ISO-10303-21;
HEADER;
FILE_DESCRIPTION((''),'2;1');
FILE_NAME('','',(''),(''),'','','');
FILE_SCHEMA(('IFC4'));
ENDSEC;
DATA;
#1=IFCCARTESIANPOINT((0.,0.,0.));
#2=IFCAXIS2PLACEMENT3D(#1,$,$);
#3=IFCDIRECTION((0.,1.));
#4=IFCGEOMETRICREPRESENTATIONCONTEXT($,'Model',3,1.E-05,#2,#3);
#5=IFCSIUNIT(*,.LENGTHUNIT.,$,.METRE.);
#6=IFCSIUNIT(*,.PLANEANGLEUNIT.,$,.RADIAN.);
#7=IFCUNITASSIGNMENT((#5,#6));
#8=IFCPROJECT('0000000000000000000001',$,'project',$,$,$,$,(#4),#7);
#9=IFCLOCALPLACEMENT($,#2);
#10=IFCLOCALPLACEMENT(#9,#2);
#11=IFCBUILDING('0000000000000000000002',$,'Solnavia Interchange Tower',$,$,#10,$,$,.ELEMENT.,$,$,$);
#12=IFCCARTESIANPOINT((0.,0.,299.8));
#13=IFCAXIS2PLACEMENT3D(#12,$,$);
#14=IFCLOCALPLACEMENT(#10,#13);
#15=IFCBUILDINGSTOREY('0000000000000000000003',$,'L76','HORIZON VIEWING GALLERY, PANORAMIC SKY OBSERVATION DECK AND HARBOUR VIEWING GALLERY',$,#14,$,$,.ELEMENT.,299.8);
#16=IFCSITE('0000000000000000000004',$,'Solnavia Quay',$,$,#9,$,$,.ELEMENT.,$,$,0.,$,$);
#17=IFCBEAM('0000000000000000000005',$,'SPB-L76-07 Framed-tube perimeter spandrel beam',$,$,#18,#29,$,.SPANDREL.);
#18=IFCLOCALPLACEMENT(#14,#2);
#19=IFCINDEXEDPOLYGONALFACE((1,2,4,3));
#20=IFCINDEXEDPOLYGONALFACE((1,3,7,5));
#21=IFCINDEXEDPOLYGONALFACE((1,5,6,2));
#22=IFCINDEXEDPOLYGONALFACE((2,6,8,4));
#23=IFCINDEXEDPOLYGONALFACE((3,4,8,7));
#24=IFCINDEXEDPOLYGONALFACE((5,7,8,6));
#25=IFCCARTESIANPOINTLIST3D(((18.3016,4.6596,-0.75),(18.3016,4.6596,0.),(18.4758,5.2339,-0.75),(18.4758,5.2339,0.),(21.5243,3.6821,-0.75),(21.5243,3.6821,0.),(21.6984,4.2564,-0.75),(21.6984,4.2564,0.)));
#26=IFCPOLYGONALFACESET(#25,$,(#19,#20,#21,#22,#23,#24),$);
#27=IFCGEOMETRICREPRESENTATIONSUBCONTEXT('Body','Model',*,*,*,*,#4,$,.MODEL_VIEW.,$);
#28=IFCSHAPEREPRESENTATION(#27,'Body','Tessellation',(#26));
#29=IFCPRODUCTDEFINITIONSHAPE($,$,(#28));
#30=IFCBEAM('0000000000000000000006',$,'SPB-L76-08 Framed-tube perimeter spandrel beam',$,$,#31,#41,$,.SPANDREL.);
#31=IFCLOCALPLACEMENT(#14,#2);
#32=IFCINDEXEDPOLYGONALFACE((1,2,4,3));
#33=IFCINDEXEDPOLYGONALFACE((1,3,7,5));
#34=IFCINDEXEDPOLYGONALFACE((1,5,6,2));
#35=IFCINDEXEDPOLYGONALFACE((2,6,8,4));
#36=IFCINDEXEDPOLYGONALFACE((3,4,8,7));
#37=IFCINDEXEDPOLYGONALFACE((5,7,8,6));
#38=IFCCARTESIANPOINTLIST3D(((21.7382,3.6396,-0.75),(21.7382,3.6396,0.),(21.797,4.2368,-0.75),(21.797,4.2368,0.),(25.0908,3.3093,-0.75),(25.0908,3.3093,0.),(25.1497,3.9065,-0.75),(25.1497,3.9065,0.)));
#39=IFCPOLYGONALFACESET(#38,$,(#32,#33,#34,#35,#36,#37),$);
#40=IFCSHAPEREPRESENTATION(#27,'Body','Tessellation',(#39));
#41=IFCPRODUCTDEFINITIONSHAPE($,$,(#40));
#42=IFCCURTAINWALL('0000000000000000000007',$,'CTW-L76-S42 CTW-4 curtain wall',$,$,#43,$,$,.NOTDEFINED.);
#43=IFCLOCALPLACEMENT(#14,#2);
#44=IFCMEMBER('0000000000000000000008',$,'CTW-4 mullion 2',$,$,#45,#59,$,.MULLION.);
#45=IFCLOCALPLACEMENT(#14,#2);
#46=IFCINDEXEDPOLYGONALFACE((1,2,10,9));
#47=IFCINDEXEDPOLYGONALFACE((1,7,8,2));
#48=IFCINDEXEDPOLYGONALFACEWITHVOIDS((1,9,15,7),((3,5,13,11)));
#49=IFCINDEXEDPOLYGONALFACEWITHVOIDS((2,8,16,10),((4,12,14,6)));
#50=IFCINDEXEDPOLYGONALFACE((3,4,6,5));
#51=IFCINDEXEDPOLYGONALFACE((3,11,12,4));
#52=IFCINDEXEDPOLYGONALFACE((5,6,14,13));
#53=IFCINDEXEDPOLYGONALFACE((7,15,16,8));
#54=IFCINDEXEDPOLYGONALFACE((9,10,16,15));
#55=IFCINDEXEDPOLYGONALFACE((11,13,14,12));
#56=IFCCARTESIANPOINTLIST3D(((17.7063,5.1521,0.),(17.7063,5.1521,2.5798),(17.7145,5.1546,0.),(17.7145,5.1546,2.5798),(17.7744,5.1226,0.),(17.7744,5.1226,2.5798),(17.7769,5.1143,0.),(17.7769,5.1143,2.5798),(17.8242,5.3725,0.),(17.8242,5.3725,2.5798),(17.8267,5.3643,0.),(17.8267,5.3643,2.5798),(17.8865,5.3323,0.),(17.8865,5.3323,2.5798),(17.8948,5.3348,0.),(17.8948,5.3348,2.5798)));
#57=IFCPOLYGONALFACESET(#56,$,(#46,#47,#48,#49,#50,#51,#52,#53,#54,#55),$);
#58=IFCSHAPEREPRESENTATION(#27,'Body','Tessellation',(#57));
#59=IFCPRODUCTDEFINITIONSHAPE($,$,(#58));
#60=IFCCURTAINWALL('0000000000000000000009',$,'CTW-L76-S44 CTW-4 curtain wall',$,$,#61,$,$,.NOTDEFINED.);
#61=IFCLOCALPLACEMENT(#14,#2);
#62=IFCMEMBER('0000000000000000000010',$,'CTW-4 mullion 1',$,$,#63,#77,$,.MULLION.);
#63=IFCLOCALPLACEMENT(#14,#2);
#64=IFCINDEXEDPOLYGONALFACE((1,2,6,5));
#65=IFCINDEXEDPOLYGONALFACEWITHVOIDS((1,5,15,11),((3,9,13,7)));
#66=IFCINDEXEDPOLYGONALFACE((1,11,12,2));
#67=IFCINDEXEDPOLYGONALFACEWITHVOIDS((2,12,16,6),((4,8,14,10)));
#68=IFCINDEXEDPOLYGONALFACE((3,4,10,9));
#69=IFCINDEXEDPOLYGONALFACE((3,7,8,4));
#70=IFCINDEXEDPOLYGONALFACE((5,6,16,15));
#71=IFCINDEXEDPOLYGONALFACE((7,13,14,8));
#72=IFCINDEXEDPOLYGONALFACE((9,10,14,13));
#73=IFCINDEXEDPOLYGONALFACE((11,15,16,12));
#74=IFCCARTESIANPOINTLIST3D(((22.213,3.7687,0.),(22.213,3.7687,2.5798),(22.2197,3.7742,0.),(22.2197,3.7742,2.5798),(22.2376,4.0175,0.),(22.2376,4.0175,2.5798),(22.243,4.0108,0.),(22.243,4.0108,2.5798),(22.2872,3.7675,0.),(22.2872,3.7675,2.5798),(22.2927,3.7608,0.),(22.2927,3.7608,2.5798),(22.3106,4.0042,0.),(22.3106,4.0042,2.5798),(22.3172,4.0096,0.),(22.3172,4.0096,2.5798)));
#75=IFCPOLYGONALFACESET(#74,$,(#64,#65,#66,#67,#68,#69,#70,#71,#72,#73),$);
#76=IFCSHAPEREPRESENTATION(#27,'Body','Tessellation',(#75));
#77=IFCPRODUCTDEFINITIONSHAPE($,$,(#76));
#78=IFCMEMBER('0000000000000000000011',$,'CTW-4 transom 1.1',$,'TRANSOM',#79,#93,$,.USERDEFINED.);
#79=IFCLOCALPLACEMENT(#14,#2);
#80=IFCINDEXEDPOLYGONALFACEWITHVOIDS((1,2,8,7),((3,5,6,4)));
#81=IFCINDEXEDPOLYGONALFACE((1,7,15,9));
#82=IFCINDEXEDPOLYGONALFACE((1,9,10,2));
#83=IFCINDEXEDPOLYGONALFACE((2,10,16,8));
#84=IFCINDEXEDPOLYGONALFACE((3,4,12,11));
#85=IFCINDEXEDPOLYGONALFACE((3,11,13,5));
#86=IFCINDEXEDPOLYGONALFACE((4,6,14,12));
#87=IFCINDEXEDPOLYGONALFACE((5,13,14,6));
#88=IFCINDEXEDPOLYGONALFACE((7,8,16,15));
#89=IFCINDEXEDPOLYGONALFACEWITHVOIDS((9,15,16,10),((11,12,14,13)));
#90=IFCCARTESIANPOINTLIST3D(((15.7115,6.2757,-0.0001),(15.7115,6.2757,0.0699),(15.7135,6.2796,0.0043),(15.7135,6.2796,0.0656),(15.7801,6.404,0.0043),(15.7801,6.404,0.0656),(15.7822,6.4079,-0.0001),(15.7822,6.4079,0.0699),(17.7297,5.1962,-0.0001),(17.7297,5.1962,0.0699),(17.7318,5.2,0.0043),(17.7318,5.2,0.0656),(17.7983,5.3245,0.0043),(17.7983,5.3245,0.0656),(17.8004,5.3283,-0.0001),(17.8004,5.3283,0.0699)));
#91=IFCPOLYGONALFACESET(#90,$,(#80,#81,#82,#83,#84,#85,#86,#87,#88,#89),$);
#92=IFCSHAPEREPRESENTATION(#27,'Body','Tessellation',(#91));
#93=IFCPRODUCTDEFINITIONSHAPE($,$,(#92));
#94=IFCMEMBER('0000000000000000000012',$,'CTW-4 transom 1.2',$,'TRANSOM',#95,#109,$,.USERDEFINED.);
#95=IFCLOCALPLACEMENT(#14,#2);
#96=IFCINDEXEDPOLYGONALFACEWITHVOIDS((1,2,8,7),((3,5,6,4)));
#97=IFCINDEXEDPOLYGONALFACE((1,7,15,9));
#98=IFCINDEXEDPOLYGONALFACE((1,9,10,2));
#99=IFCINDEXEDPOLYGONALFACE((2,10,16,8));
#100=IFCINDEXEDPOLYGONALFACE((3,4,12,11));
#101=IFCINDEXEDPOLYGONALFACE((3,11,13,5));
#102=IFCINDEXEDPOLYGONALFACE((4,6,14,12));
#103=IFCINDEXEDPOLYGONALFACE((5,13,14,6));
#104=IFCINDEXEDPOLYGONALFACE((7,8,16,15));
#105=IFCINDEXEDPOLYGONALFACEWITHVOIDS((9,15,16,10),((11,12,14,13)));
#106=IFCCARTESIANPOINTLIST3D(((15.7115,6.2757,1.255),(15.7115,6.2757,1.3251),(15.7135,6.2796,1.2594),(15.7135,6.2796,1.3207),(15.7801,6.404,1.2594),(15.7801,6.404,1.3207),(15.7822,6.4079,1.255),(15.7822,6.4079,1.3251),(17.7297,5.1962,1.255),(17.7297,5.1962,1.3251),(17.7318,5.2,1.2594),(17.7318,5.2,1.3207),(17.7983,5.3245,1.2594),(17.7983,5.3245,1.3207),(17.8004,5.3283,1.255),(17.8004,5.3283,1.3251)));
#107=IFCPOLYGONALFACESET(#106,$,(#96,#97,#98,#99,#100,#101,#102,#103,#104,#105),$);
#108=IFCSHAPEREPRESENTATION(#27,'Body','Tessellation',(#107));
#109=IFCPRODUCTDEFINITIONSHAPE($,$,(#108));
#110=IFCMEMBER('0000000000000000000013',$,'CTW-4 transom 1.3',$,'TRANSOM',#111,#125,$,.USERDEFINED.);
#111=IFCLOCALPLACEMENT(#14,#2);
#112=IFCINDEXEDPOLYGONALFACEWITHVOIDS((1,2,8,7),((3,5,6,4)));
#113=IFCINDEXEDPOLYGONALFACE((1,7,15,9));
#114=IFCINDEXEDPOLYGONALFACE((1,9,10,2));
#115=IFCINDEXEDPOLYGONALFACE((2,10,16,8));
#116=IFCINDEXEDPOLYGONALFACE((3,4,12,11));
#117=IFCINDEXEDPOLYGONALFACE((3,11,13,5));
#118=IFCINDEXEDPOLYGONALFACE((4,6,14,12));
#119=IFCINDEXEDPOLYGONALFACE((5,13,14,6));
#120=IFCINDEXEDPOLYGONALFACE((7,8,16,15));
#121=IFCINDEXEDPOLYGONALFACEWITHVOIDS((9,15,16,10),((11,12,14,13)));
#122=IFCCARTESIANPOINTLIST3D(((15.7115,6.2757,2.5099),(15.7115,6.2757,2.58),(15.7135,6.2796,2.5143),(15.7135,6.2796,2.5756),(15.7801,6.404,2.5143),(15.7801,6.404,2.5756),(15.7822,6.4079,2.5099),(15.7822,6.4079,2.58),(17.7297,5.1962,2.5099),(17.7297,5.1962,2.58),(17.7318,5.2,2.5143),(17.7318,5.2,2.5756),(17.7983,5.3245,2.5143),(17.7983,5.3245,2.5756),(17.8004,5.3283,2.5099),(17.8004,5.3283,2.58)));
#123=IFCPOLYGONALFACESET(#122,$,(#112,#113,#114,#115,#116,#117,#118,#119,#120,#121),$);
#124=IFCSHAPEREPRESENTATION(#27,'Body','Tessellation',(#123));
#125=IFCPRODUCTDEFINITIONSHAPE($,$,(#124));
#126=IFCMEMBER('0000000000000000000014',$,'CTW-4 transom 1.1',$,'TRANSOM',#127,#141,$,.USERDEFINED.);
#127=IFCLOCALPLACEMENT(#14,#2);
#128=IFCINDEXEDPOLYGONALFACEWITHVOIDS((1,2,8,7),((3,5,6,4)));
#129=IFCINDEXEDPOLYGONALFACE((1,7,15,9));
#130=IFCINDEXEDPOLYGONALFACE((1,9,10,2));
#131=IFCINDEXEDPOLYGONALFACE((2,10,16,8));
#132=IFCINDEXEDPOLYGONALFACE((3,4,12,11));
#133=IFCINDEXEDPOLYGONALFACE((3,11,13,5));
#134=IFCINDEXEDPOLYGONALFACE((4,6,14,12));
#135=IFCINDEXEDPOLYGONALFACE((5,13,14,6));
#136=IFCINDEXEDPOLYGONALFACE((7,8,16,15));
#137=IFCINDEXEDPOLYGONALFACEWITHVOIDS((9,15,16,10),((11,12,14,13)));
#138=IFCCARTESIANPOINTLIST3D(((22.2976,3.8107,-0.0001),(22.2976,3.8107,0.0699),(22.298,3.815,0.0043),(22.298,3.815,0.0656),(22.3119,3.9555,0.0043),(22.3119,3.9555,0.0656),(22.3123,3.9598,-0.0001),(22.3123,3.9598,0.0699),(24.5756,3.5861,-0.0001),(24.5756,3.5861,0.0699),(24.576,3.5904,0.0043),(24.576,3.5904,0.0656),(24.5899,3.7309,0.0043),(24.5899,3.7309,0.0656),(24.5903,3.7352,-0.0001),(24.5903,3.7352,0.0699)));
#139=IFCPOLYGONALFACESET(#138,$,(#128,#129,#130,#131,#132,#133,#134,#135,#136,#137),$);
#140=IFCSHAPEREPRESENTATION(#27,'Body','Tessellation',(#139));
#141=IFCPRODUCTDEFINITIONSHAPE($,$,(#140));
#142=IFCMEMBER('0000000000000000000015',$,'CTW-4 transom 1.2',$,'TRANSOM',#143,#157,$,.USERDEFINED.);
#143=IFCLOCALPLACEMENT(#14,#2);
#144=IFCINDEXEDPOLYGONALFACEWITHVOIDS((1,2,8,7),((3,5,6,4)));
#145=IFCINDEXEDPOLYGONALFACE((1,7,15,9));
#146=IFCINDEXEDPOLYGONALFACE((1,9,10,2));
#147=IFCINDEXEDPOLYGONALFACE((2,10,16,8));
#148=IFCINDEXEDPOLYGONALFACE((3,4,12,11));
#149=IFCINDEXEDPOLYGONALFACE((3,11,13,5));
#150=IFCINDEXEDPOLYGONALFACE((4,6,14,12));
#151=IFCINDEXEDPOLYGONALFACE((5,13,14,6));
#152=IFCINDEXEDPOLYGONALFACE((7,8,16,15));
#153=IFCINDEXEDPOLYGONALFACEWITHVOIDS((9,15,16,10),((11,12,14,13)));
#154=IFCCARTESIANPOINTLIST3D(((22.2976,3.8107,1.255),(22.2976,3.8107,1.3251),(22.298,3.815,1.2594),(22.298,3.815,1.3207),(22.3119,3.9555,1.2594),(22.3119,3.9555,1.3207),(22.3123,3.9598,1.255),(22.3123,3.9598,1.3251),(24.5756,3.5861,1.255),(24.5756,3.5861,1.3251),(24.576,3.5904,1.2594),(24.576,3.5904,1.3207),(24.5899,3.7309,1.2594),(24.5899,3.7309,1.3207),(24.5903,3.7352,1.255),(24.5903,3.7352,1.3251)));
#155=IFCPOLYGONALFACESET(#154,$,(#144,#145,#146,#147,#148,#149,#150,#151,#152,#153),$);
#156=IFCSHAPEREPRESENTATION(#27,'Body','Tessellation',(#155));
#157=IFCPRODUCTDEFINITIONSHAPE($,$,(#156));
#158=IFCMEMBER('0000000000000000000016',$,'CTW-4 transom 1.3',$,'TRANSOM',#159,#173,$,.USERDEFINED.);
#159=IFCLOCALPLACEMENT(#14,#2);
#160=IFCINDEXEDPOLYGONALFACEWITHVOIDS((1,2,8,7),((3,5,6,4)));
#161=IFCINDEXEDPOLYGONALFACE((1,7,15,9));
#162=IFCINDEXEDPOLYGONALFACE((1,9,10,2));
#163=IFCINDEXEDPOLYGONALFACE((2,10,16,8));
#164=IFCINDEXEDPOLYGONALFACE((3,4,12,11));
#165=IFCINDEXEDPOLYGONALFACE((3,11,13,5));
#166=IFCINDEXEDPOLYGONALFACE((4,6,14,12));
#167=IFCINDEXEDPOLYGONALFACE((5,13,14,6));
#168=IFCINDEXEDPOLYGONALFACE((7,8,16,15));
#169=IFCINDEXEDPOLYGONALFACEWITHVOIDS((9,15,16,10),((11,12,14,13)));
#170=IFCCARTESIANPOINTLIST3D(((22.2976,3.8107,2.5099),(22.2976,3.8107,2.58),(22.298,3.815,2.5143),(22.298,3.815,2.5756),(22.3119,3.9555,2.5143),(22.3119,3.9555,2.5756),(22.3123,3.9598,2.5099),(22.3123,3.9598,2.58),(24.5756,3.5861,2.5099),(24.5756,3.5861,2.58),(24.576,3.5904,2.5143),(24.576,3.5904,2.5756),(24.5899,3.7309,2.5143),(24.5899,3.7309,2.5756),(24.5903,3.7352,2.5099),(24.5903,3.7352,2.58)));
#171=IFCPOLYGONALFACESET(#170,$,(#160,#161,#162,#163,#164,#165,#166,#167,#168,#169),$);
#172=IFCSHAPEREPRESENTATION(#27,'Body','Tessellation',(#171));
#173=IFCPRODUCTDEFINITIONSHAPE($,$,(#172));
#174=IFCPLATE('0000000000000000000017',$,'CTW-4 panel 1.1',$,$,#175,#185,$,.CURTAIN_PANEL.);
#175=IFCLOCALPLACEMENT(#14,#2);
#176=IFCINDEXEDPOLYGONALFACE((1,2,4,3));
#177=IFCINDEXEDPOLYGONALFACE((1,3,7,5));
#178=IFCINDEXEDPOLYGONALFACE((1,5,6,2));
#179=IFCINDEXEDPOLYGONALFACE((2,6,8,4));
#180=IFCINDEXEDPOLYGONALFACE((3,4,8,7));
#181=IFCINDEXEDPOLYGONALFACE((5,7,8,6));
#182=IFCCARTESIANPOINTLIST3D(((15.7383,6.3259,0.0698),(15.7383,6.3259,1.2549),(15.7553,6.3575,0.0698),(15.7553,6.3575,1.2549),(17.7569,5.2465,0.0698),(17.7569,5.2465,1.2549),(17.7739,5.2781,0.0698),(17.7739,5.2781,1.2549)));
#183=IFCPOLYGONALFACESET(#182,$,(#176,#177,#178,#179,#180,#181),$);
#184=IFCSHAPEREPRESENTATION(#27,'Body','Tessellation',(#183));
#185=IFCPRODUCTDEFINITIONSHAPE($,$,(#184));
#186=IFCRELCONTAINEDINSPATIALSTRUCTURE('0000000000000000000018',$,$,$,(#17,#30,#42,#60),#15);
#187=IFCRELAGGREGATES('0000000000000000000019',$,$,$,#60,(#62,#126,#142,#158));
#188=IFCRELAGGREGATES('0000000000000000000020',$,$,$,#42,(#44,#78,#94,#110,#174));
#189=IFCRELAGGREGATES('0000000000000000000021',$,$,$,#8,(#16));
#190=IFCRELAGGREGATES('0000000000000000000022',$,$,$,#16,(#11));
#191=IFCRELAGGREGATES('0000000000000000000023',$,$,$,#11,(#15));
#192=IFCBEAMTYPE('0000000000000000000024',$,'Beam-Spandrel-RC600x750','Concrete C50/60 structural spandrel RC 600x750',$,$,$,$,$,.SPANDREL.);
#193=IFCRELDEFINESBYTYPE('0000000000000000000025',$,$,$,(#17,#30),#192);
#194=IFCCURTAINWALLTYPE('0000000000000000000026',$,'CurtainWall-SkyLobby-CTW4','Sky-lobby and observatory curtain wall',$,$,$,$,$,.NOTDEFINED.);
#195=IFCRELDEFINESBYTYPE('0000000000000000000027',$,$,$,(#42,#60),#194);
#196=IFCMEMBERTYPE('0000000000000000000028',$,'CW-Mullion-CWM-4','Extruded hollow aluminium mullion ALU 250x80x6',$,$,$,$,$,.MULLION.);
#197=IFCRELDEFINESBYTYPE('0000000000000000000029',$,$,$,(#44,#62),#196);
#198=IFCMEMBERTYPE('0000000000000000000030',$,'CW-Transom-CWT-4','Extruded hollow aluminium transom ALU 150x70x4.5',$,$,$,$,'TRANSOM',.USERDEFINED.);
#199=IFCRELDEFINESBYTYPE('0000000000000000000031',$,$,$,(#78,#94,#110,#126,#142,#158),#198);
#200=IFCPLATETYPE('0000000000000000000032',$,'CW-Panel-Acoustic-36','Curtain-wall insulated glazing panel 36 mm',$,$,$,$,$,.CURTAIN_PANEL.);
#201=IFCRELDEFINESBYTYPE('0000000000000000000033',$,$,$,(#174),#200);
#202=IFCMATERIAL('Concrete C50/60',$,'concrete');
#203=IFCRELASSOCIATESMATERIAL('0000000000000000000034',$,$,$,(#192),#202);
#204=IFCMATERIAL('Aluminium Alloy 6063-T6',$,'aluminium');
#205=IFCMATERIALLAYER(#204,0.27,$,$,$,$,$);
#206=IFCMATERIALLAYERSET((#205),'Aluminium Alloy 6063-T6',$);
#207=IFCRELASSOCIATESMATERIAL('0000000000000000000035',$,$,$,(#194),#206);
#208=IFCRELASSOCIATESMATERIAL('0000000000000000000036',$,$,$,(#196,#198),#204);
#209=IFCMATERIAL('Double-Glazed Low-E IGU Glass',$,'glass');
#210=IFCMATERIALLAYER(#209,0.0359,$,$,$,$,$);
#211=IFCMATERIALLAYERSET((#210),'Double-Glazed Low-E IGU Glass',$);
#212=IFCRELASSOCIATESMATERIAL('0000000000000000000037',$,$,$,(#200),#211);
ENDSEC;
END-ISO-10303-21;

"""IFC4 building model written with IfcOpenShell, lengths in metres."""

from ifc_helpers import new_model, si_unit, direction, frame, origin, origin_2d, place, context, subcontext, project, spatial, rectangle, hollow_rectangle, extrude, material, layer, layer_set, material_profile, profile_set, type_object, element, aggregate, save


model = new_model("IFC4")

# Units and contexts
model_context = context("Model", 3, precision=1e-05, world=origin(), true_north=direction((0.0, 1.0)))
body_context = subcontext(model_context, "Body", "Model", "MODEL_VIEW")
ifc_project = project(units=[si_unit("LENGTHUNIT", "METRE"), si_unit("PLANEANGLEUNIT", "RADIAN")], contexts=[model_context])

# Site, building, storey
site_placement = place(None, origin())
site = spatial("IfcSite", under=ifc_project, at=site_placement, Name="Solnavia Quay", CompositionType="ELEMENT", RefElevation=0.0)
building_placement = place(site_placement, origin())
building = spatial("IfcBuilding", under=site, at=building_placement, Name="Solnavia Interchange Tower", CompositionType="ELEMENT")
storey_placement = place(building_placement, frame((0.0, 0.0, 299.8)))
storey = spatial("IfcBuildingStorey", under=building, at=storey_placement, Name="L76", Description="HORIZON VIEWING GALLERY, PANORAMIC SKY OBSERVATION DECK AND HARBOUR VIEWING GALLERY", CompositionType="ELEMENT", Elevation=299.8)

# Shared definitions
ifc_material_1 = material(Name="Concrete C50/60", Category="concrete")

# Beams
ifc_material_profile_1 = material_profile(ifc_material_1, rectangle(XDim=0.6001, YDim=0.75, at=origin_2d()), Name="RC 600x750")
ifc_profile_set_1 = profile_set([ifc_material_profile_1], Name="Concrete C50/60")
beam_type_1 = type_object("IfcBeamType", Name="Beam-Spandrel-RC600x750", Description="Concrete C50/60 structural spandrel RC 600x750", PredefinedType="SPANDREL", material=ifc_profile_set_1)
beam_1_placement = place(storey_placement, frame((18.3887, 4.9468, -0.375), z_axis=(0.956944, -0.290273, 0.0), x_axis=(0.290273, 0.956944, 0.0)))
element("IfcBeam", 1, at=beam_1_placement, inside=storey, type_object=beam_type_1, Name="SPB-L76-07 Framed-tube perimeter spandrel beam", PredefinedType="SPANDREL", context=body_context, shape_type="SweptSolid", body=[
    extrude(rectangle(XDim=0.6001, YDim=0.75, at=origin_2d()), origin(), (0.0, 0.0, 1.0), 3.3677),
])
beam_2_placement = place(storey_placement, frame((21.7676, 3.9382, -0.375), z_axis=(0.995182, -0.098047, 0.0), x_axis=(0.098047, 0.995182, 0.0)))
element("IfcBeam", 2, at=beam_2_placement, inside=storey, type_object=beam_type_1, Name="SPB-L76-08 Framed-tube perimeter spandrel beam", PredefinedType="SPANDREL", context=body_context, shape_type="SweptSolid", body=[
    extrude(rectangle(XDim=0.6001, YDim=0.75, at=origin_2d()), origin(), (0.0, 0.0, 1.0), 3.3689),
])

# Curtain walls, members
ifc_material_2 = material(Name="Aluminium Alloy 6063-T6", Category="aluminium")
ifc_layer_1 = layer(ifc_material_2, 0.27)
ifc_layer_set_1 = layer_set([ifc_layer_1], Name="Aluminium Alloy 6063-T6")
curtain_wall_type = type_object("IfcCurtainWallType", Name="CurtainWall-SkyLobby-CTW4", Description="Sky-lobby and observatory curtain wall", PredefinedType="NOTDEFINED", material=ifc_layer_set_1)
curtain_wall_1_placement = place(storey_placement, origin())
curtain_wall_1 = element("IfcCurtainWall", 3, at=curtain_wall_1_placement, inside=storey, type_object=curtain_wall_type, Name="CTW-L76-S42 CTW-4 curtain wall", PredefinedType="NOTDEFINED")
ifc_material_profile_2 = material_profile(ifc_material_2, hollow_rectangle(XDim=0.0801, YDim=0.25, WallThickness=0.0061, at=origin_2d()), Name="ALU 250x80x6")
ifc_profile_set_2 = profile_set([ifc_material_profile_2], Name="Aluminium Alloy 6063-T6")
member_type_1 = type_object("IfcMemberType", Name="CW-Mullion-CWM-4", Description="Extruded hollow aluminium mullion ALU 250x80x6", PredefinedType="MULLION", material=ifc_profile_set_2)
member_1_placement = place(storey_placement, frame((17.8005, 5.2434, 0.0), z_axis=(0.0, 0.0, 1.0), x_axis=(0.881842, -0.471546, 0.0)))
member_1 = element("IfcMember", 4, at=member_1_placement, type_object=member_type_1, Name="CTW-4 mullion 2", PredefinedType="MULLION", context=body_context, shape_type="SweptSolid", body=[
    extrude(hollow_rectangle(XDim=0.0801, YDim=0.25, WallThickness=0.0061, at=origin_2d()), origin(), (0.0, 0.0, 1.0), 2.5798),
])
curtain_wall_2_placement = place(storey_placement, origin())
curtain_wall_2 = element("IfcCurtainWall", 5, at=curtain_wall_2_placement, inside=storey, type_object=curtain_wall_type, Name="CTW-L76-S44 CTW-4 curtain wall", PredefinedType="NOTDEFINED")
member_2_placement = place(storey_placement, frame((22.2651, 3.8892, 0.0), z_axis=(0.0, 0.0, 1.0), x_axis=(0.995178, -0.098081, 0.0)))
member_2 = element("IfcMember", 6, at=member_2_placement, type_object=member_type_1, Name="CTW-4 mullion 1", PredefinedType="MULLION", context=body_context, shape_type="SweptSolid", body=[
    extrude(hollow_rectangle(XDim=0.0801, YDim=0.25, WallThickness=0.0061, at=origin_2d()), origin(), (0.0, 0.0, 1.0), 2.5798),
])

# Members
ifc_material_profile_3 = material_profile(ifc_material_2, hollow_rectangle(XDim=0.0701, YDim=0.1499, WallThickness=0.0044, at=origin_2d()), Name="ALU 150x70x4.5")
ifc_profile_set_3 = profile_set([ifc_material_profile_3], Name="Aluminium Alloy 6063-T6")
member_type_2 = type_object("IfcMemberType", Name="CW-Transom-CWT-4", Description="Extruded hollow aluminium transom ALU 150x70x4.5", ElementType="TRANSOM", PredefinedType="USERDEFINED", material=ifc_profile_set_3)
member_3_placement = place(storey_placement, frame((15.7468, 6.3418, 0.0349), z_axis=(0.881779, -0.471662, 0.0), x_axis=(0.0, 0.0, 1.0)))
member_3 = element("IfcMember", 7, at=member_3_placement, type_object=member_type_2, Name="CTW-4 transom 1.1", ObjectType="TRANSOM", PredefinedType="USERDEFINED", context=body_context, shape_type="SweptSolid", body=[
    extrude(hollow_rectangle(XDim=0.0701, YDim=0.1499, WallThickness=0.0044, at=origin_2d()), origin(), (0.0, 0.0, 1.0), 2.2888),
])
member_4_placement = place(storey_placement, frame((15.7468, 6.3418, 1.29), z_axis=(0.881779, -0.471662, 0.0), x_axis=(0.0, 0.0, 1.0)))
member_4 = element("IfcMember", 8, at=member_4_placement, type_object=member_type_2, Name="CTW-4 transom 1.2", ObjectType="TRANSOM", PredefinedType="USERDEFINED", context=body_context, shape_type="SweptSolid", body=[
    extrude(hollow_rectangle(XDim=0.0701, YDim=0.1499, WallThickness=0.0044, at=origin_2d()), origin(), (0.0, 0.0, 1.0), 2.2888),
])
member_5_placement = place(storey_placement, frame((15.7468, 6.3418, 2.5449), z_axis=(0.881779, -0.471662, 0.0), x_axis=(0.0, 0.0, 1.0)))
member_5 = element("IfcMember", 9, at=member_5_placement, type_object=member_type_2, Name="CTW-4 transom 1.3", ObjectType="TRANSOM", PredefinedType="USERDEFINED", context=body_context, shape_type="SweptSolid", body=[
    extrude(hollow_rectangle(XDim=0.0701, YDim=0.1499, WallThickness=0.0044, at=origin_2d()), origin(), (0.0, 0.0, 1.0), 2.2888),
])
member_6_placement = place(storey_placement, frame((22.3049, 3.8853, 0.0349), z_axis=(0.995175, -0.09812, 0.0), x_axis=(0.0, 0.0, 1.0)))
member_6 = element("IfcMember", 10, at=member_6_placement, type_object=member_type_2, Name="CTW-4 transom 1.1", ObjectType="TRANSOM", PredefinedType="USERDEFINED", context=body_context, shape_type="SweptSolid", body=[
    extrude(hollow_rectangle(XDim=0.0701, YDim=0.1499, WallThickness=0.0044, at=origin_2d()), origin(), (0.0, 0.0, 1.0), 2.2891),
])
member_7_placement = place(storey_placement, frame((22.3049, 3.8853, 1.29), z_axis=(0.995175, -0.09812, 0.0), x_axis=(0.0, 0.0, 1.0)))
member_7 = element("IfcMember", 11, at=member_7_placement, type_object=member_type_2, Name="CTW-4 transom 1.2", ObjectType="TRANSOM", PredefinedType="USERDEFINED", context=body_context, shape_type="SweptSolid", body=[
    extrude(hollow_rectangle(XDim=0.0701, YDim=0.1499, WallThickness=0.0044, at=origin_2d()), origin(), (0.0, 0.0, 1.0), 2.2891),
])
member_8_placement = place(storey_placement, frame((22.3049, 3.8853, 2.5449), z_axis=(0.995175, -0.09812, 0.0), x_axis=(0.0, 0.0, 1.0)))
member_8 = element("IfcMember", 12, at=member_8_placement, type_object=member_type_2, Name="CTW-4 transom 1.3", ObjectType="TRANSOM", PredefinedType="USERDEFINED", context=body_context, shape_type="SweptSolid", body=[
    extrude(hollow_rectangle(XDim=0.0701, YDim=0.1499, WallThickness=0.0044, at=origin_2d()), origin(), (0.0, 0.0, 1.0), 2.2891),
])
aggregate(curtain_wall_2, [member_2, member_6, member_7, member_8])

# Plate
ifc_material_3 = material(Name="Double-Glazed Low-E IGU Glass", Category="glass")
ifc_layer_2 = layer(ifc_material_3, 0.0359)
ifc_layer_set_2 = layer_set([ifc_layer_2], Name="Double-Glazed Low-E IGU Glass")
plate_type = type_object("IfcPlateType", Name="CW-Panel-Acoustic-36", Description="Curtain-wall insulated glazing panel 36 mm", PredefinedType="CURTAIN_PANEL", material=ifc_layer_set_2)
plate_1_placement = place(storey_placement, frame((16.7561, 5.802, 0.0698), z_axis=(0.0, 0.0, 1.0), x_axis=(0.881842, -0.471546, 0.0)))
plate_1 = element("IfcPlate", 13, at=plate_1_placement, type_object=plate_type, Name="CTW-4 panel 1.1", PredefinedType="CURTAIN_PANEL", context=body_context, shape_type="SweptSolid", body=[
    extrude(rectangle(XDim=2.2891, YDim=0.0359, at=origin_2d()), origin(), (0.0, 0.0, 1.0), 1.1851),
])
aggregate(curtain_wall_1, [member_1, member_3, member_4, member_5, plate_1])

save(model, "model.ifc")
